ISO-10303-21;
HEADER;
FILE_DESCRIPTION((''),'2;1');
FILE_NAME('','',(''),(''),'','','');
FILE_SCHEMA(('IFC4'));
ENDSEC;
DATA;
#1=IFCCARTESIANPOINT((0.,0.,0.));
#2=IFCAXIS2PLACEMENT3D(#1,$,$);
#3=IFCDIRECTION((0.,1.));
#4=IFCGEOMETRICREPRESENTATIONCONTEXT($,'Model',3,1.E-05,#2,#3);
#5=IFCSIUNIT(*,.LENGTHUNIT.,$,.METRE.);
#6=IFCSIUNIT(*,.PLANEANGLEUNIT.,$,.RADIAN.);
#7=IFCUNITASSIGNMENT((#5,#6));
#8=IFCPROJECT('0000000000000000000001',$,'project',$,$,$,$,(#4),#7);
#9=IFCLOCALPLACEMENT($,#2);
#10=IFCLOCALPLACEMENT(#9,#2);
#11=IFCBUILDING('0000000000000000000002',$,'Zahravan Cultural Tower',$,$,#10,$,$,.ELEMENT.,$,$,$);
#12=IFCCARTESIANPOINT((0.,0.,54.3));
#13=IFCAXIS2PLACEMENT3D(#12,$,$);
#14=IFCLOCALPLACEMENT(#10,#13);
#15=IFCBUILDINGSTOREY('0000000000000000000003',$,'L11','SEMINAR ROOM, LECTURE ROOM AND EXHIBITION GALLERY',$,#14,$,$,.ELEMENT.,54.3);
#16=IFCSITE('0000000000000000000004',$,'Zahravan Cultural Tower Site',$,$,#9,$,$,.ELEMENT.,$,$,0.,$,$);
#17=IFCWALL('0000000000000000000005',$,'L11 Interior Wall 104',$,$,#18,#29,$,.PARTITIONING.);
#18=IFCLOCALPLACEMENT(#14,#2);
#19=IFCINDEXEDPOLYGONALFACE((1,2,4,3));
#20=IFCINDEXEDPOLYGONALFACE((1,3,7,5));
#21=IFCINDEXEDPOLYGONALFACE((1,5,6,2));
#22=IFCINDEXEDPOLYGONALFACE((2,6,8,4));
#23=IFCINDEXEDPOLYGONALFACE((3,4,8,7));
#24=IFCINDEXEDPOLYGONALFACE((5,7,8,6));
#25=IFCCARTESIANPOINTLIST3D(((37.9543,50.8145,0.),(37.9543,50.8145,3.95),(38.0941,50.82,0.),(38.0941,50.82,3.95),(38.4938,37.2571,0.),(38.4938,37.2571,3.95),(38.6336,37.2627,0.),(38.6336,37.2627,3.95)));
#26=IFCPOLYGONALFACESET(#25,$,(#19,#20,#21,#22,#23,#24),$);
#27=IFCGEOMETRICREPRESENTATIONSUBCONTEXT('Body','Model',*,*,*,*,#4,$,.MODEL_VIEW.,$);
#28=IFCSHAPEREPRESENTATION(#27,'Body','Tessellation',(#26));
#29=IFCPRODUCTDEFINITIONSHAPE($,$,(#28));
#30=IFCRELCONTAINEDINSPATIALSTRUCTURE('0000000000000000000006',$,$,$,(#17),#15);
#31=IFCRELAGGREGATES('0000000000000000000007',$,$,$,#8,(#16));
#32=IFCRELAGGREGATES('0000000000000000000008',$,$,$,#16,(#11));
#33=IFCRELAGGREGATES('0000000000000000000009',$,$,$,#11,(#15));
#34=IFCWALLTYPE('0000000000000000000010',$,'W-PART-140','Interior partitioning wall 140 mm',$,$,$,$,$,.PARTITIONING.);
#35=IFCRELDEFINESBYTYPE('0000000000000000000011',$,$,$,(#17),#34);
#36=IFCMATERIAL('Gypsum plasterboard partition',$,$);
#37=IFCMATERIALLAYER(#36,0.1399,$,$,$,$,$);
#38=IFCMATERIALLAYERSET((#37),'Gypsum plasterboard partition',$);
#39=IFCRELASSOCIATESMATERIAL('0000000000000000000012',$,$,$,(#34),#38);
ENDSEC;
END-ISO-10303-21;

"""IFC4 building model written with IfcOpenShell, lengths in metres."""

from ifc_helpers import new_model, si_unit, direction, frame, frame_2d, origin, place, context, subcontext, project, spatial, rectangle, extrude, source, transform, mapped, material, layer, layer_set, type_object, element, save


model = new_model("IFC4")

# Units and contexts
model_context = context("Model", 3, precision=1e-05, world=origin(), true_north=direction((0.0, 1.0)))
body_context = subcontext(model_context, "Body", "Model", "MODEL_VIEW")
ifc_project = project(units=[si_unit("LENGTHUNIT", "METRE"), si_unit("PLANEANGLEUNIT", "RADIAN")], contexts=[model_context])

# Site, building, storey
site_placement = place(None, origin())
site = spatial("IfcSite", under=ifc_project, at=site_placement, Name="Zahravan Cultural Tower Site", CompositionType="ELEMENT", RefElevation=0.0)
building_placement = place(site_placement, origin())
building = spatial("IfcBuilding", under=site, at=building_placement, Name="Zahravan Cultural Tower", CompositionType="ELEMENT")
storey_placement = place(building_placement, frame((0.0, 0.0, 54.3)))
storey = spatial("IfcBuildingStorey", under=building, at=storey_placement, Name="L11", Description="SEMINAR ROOM, LECTURE ROOM AND EXHIBITION GALLERY", CompositionType="ELEMENT", Elevation=54.3)

# Wall
ifc_material_1 = material(Name="Gypsum plasterboard partition")
ifc_layer_1 = layer(ifc_material_1, 0.1399)
ifc_layer_set_1 = layer_set([ifc_layer_1], Name="Gypsum plasterboard partition")
wall_type_1 = type_object("IfcWallType", Name="W-PART-140", Description="Interior partitioning wall 140 mm", PredefinedType="PARTITIONING", material=ifc_layer_set_1)
shared_shape_1 = source(origin(), body_context, "Body", "SweptSolid", [
    extrude(rectangle(XDim=13.5681, YDim=0.1399, at=frame_2d((6.7842, 0.0))), origin(), (0.0, 0.0, 1.0), 3.95),
])
wall_1_placement = place(storey_placement, frame((38.0242, 50.8174, 0.0), z_axis=(0.0, 0.0, 1.0), x_axis=(0.039766, -0.999209, 0.0)))
element("IfcWall", 1, at=wall_1_placement, inside=storey, type_object=wall_type_1, Name="L11 Interior Wall 104", PredefinedType="PARTITIONING", context=body_context, shape_type="MappedRepresentation", body=[
    mapped(shared_shape_1, transform((0.0, 0.0, 0.0), x_axis=(1.0, 0.0, 0.0), y_axis=(0.0, 1.0, 0.0), z_axis=(0.0, 0.0, 1.0), scale=1.0)),
])

save(model, "model.ifc")
